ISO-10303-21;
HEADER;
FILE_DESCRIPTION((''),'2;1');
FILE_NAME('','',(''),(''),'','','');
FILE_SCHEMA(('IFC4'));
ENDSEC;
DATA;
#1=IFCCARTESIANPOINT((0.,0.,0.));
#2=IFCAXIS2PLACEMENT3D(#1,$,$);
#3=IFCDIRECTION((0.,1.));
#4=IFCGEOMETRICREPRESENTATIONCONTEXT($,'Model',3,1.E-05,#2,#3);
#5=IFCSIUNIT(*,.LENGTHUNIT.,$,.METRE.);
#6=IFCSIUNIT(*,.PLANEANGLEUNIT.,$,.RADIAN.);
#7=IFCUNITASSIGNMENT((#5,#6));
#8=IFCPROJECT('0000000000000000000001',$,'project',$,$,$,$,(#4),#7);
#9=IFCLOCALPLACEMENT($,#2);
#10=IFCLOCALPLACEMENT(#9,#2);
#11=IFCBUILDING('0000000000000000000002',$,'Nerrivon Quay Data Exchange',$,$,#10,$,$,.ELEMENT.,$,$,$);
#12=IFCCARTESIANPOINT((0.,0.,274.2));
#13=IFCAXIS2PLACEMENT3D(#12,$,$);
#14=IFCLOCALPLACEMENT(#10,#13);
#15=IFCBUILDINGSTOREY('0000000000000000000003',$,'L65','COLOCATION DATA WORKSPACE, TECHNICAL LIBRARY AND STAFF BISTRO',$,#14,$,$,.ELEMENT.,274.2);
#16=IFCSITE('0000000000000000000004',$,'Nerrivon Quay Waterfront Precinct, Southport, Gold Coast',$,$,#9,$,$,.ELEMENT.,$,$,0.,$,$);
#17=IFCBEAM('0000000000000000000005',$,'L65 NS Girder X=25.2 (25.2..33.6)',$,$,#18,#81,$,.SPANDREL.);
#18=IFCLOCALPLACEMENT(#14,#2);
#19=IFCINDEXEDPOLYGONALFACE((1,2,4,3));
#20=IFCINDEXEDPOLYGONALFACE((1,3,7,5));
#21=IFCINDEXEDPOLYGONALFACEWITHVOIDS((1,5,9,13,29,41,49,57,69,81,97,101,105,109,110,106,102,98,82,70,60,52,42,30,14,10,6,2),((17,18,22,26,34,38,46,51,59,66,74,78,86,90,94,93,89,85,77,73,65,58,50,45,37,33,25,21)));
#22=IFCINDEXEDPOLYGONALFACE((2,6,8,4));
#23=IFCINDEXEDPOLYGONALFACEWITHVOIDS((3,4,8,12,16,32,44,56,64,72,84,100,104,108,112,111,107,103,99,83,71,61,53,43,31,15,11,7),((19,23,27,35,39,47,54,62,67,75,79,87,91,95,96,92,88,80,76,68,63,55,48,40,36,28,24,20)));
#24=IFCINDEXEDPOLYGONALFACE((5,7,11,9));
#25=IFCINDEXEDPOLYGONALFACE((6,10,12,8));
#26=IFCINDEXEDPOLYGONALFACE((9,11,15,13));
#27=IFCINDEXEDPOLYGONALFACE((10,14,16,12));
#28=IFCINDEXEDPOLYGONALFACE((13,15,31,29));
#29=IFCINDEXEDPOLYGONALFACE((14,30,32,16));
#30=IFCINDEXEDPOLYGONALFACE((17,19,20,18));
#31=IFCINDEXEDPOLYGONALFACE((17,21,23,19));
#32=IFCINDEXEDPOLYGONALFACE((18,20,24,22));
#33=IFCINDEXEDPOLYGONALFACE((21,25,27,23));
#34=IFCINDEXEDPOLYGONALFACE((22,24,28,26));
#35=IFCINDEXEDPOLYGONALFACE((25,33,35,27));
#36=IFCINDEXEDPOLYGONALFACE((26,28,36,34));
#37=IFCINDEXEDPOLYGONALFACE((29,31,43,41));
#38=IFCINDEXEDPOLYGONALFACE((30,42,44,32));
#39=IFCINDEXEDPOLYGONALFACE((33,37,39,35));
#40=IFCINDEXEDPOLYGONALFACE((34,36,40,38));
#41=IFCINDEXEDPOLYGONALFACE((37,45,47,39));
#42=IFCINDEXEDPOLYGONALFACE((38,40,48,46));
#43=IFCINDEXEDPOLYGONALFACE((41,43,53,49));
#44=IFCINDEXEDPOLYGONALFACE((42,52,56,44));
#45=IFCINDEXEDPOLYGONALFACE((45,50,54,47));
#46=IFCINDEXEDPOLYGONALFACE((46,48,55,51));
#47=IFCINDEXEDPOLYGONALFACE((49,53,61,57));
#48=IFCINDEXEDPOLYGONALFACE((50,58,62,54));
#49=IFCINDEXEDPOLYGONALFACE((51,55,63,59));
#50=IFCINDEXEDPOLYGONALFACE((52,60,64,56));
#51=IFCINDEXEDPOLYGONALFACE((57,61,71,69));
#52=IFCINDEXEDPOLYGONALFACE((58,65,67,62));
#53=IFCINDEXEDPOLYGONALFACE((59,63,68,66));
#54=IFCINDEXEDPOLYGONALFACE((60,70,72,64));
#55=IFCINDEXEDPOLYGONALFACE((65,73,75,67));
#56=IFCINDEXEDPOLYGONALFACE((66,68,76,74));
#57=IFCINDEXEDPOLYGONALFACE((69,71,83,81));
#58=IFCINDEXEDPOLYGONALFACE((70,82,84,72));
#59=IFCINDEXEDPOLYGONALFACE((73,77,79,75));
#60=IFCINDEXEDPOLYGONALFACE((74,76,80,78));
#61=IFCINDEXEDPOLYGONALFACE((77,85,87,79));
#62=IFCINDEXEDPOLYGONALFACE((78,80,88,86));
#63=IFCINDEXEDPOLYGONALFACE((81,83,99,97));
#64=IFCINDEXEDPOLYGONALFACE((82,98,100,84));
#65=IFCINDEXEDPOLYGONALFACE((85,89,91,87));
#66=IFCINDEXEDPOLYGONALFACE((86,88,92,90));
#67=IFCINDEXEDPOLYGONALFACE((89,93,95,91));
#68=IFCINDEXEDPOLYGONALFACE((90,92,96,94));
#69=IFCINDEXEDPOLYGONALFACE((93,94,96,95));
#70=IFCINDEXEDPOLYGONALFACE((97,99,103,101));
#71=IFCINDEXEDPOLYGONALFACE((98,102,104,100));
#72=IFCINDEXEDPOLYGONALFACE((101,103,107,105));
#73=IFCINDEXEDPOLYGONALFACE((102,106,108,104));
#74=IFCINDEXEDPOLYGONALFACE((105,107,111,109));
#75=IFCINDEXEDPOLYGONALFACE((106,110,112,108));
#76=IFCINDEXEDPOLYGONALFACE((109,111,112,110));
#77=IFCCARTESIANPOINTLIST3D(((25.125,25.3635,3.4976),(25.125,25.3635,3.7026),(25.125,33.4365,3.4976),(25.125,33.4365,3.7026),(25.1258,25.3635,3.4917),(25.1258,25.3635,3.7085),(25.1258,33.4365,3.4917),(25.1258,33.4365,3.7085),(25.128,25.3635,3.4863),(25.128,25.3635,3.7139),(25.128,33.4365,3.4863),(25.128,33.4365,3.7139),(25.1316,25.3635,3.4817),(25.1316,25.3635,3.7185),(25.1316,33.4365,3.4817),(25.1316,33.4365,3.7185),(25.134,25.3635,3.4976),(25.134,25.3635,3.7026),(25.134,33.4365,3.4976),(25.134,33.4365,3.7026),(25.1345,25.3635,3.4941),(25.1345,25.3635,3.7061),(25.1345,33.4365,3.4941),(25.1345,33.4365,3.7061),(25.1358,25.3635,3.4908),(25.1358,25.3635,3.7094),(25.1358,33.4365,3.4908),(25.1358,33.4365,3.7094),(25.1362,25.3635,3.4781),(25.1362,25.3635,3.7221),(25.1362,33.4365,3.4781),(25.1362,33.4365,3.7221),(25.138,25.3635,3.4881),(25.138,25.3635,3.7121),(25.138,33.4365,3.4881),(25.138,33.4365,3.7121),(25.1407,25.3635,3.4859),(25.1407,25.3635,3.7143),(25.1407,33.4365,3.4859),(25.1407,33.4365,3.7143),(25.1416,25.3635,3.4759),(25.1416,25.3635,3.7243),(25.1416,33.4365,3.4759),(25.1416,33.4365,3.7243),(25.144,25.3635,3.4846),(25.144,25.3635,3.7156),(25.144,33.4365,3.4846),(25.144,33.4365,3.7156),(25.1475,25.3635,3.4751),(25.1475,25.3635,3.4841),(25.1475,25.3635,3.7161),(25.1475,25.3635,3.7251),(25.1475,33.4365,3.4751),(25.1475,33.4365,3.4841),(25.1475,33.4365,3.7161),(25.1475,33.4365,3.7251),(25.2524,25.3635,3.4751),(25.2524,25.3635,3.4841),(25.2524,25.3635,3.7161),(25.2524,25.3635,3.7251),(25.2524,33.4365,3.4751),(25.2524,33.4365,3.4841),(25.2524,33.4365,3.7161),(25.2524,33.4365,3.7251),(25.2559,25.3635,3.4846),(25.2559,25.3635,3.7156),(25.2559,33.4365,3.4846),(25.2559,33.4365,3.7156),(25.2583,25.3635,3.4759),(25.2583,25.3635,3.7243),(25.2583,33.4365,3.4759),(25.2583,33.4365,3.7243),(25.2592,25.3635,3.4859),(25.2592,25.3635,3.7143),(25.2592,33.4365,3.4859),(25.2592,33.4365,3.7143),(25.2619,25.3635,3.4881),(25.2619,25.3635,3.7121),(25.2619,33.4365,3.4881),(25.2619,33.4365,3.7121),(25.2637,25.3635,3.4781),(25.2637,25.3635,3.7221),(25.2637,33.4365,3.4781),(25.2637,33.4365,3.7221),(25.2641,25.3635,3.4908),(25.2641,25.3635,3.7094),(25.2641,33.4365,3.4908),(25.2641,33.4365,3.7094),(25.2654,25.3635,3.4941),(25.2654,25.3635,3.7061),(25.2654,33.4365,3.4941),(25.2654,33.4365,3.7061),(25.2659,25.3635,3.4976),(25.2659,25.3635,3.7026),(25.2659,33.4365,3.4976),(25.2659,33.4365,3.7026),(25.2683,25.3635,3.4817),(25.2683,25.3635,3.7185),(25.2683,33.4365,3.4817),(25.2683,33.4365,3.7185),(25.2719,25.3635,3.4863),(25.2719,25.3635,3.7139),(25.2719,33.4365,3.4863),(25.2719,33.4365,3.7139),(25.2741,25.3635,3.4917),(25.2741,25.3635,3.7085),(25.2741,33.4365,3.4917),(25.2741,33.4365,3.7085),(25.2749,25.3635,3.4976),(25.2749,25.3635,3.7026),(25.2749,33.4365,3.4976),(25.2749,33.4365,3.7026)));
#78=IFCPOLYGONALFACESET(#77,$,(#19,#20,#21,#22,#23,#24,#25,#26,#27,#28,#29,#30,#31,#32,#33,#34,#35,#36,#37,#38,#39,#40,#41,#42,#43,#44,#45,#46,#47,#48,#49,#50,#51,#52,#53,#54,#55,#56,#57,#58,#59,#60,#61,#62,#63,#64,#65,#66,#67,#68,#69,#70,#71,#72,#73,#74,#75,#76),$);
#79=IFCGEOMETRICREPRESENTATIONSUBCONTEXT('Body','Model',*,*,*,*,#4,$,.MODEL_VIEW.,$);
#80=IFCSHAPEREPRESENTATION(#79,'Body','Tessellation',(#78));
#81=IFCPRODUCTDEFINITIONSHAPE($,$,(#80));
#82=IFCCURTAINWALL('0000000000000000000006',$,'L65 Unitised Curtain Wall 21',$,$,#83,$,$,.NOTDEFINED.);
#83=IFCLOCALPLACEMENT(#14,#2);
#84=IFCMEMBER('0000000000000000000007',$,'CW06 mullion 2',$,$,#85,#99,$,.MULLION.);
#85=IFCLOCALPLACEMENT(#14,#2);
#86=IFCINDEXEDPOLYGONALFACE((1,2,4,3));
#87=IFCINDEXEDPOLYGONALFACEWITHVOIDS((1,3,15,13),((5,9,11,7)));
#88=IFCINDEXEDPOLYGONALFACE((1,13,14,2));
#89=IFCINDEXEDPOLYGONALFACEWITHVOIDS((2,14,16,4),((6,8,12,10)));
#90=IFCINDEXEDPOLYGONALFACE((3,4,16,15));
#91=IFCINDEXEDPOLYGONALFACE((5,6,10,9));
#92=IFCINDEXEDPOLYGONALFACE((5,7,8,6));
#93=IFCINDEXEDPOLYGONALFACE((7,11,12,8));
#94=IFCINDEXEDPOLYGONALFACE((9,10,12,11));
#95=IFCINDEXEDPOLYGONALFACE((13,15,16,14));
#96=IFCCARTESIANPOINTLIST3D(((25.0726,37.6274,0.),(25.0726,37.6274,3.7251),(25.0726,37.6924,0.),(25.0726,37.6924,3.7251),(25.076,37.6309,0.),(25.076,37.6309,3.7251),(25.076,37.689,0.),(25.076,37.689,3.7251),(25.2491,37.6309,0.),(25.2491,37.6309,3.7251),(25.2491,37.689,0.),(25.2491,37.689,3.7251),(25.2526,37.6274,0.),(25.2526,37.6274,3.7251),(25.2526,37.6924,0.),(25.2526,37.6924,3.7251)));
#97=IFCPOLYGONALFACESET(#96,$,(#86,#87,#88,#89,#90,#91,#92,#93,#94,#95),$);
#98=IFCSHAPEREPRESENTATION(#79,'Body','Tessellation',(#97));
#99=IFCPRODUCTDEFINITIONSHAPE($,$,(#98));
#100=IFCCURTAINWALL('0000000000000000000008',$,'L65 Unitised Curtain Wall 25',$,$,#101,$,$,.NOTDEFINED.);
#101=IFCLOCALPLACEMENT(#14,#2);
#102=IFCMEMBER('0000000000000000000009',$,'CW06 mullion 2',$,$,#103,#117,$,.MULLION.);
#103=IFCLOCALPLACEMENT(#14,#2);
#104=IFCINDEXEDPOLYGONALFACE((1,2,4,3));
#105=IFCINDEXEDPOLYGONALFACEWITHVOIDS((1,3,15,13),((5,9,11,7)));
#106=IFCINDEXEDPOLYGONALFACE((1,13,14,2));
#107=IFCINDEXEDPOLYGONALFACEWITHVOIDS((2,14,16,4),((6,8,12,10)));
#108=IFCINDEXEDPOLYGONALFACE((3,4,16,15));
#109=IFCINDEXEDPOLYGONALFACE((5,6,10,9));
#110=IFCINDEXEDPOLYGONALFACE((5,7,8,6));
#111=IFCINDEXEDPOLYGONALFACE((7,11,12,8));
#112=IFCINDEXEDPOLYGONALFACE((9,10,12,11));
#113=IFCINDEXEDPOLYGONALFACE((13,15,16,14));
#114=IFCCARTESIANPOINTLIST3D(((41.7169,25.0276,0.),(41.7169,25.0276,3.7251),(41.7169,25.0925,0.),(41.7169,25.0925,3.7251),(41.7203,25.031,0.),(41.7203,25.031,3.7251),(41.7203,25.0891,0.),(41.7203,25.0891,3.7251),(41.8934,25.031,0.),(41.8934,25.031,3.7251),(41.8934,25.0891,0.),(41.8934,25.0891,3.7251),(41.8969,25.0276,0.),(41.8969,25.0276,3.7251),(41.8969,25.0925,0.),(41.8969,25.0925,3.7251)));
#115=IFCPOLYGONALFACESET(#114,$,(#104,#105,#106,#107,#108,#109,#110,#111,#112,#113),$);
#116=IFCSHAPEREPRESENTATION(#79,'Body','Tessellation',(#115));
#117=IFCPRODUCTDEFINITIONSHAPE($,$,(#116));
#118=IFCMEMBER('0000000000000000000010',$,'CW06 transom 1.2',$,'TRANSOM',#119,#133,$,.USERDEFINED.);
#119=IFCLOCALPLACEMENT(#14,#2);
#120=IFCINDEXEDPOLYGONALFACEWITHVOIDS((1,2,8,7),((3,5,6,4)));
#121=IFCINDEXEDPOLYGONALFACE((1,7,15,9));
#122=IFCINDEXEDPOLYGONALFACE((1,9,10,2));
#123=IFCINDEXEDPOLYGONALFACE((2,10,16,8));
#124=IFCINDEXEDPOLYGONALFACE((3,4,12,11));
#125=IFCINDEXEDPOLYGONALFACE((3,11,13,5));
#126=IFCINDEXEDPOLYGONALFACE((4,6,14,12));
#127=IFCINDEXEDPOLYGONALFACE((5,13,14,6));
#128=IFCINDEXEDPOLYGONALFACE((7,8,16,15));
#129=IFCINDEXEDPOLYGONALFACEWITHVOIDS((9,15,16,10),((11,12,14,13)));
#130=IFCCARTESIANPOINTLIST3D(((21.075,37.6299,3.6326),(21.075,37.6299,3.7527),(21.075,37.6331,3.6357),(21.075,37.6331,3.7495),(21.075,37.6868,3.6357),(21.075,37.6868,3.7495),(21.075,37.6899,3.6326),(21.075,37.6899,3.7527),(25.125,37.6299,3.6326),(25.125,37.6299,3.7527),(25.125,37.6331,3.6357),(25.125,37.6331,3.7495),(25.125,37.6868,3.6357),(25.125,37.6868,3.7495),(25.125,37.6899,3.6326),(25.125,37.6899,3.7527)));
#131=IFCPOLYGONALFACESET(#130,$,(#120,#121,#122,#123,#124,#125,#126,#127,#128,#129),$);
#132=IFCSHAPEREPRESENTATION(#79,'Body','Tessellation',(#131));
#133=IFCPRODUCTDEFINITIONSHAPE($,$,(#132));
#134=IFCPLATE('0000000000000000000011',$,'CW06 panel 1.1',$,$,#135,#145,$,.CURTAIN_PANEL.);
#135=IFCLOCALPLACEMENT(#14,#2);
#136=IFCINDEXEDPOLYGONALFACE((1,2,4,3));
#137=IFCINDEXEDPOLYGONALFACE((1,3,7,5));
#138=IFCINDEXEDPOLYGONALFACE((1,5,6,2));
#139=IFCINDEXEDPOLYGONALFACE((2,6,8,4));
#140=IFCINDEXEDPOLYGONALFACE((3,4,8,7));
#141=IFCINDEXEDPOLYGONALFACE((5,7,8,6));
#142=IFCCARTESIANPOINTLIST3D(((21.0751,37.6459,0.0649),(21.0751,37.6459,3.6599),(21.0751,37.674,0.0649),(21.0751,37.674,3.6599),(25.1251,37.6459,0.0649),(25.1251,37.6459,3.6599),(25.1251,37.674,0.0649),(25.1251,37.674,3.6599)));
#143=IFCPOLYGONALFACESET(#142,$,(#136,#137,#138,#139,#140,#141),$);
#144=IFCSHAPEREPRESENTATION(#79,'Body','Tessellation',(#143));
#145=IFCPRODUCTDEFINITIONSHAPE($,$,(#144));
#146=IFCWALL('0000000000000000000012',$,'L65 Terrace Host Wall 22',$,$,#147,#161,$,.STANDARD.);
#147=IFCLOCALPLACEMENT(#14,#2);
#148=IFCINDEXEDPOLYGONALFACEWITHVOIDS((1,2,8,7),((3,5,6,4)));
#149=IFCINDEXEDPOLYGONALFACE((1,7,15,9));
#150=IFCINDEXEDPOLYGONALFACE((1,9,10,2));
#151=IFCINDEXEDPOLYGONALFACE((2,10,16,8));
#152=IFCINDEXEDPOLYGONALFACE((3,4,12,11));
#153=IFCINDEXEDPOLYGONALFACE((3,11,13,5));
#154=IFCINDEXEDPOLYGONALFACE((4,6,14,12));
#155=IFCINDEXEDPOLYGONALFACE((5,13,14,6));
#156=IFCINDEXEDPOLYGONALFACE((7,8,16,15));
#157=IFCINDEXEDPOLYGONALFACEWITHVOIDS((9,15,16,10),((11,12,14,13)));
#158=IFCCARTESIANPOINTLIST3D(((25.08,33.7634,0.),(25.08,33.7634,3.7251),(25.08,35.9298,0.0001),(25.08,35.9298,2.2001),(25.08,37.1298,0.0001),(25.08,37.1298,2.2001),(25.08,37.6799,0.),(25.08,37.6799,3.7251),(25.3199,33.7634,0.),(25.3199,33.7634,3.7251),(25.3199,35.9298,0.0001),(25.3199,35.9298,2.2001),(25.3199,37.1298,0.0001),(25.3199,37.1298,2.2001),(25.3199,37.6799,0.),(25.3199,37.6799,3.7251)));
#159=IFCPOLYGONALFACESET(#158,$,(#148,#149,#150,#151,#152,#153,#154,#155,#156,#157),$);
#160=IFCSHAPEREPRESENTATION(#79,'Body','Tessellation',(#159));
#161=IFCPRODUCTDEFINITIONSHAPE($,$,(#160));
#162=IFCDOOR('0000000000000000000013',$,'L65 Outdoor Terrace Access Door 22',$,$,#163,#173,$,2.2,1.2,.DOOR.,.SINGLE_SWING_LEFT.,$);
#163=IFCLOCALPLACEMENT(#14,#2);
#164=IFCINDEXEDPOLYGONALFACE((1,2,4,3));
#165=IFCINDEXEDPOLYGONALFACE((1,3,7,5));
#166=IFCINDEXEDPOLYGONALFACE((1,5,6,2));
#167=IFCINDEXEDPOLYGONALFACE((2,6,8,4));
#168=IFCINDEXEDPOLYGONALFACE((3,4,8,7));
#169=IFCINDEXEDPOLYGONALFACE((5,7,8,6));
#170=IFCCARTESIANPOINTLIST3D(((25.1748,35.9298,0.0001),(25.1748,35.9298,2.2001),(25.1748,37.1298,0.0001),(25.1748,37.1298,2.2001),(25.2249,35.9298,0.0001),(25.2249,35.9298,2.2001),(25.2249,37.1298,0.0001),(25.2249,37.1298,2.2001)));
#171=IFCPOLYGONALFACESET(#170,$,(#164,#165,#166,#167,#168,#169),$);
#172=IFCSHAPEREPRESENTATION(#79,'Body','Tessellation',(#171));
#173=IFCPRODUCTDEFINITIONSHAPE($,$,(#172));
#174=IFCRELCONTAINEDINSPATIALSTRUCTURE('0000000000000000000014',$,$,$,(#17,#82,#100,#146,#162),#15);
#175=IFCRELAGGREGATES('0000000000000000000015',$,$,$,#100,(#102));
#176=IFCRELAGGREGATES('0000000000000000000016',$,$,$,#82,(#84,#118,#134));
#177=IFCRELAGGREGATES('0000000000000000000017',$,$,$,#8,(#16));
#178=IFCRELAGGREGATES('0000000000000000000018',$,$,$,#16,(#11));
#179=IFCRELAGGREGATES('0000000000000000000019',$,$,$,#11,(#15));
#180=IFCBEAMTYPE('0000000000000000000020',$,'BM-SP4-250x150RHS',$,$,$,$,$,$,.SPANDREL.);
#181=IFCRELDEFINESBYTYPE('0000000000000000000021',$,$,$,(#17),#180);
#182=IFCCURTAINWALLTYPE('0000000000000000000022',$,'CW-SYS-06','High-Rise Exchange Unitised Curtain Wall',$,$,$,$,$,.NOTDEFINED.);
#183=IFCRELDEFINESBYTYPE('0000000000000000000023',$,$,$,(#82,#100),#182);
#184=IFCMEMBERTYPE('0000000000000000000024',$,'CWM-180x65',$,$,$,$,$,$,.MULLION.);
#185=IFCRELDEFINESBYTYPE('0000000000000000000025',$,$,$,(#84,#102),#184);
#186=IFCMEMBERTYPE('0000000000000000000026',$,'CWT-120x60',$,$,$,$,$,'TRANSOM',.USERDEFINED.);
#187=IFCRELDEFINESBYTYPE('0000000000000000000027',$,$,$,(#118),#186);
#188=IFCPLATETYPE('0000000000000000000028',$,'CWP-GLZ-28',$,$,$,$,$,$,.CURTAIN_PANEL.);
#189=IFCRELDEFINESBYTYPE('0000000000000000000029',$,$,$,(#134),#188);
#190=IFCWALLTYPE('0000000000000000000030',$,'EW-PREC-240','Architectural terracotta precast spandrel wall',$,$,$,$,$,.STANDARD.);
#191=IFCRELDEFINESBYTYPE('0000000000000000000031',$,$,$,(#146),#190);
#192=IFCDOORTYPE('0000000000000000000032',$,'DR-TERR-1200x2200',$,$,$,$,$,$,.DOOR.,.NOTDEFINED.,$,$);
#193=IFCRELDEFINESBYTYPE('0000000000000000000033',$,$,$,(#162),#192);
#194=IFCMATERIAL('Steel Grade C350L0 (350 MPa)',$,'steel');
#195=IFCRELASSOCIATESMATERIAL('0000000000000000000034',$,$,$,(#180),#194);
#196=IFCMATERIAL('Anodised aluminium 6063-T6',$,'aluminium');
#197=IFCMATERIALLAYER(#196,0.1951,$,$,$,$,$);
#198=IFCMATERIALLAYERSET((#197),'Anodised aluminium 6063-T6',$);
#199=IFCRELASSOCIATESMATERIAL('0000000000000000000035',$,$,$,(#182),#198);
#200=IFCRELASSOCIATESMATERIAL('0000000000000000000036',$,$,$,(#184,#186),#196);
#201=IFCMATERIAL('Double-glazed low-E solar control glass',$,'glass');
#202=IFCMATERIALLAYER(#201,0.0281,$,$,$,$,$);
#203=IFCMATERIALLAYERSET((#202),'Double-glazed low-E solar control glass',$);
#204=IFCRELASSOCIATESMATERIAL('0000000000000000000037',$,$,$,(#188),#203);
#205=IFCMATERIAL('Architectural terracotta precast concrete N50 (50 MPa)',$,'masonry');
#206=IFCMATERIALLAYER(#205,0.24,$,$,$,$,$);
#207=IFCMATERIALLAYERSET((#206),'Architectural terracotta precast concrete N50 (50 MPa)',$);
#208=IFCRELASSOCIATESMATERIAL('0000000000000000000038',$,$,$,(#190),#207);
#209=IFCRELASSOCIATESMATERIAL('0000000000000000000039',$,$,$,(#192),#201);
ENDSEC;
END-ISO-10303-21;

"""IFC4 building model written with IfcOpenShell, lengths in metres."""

from ifc_helpers import new_model, si_unit, direction, frame, frame_2d, origin, origin_2d, place, context, subcontext, project, spatial, rectangle, hollow_rectangle, extrude, material, layer, layer_set, material_profile, profile_set, type_object, element, fill, aggregate, save


model = new_model("IFC4")

# Units and contexts
model_context = context("Model", 3, precision=1e-05, world=origin(), true_north=direction((0.0, 1.0)))
body_context = subcontext(model_context, "Body", "Model", "MODEL_VIEW")
ifc_project = project(units=[si_unit("LENGTHUNIT", "METRE"), si_unit("PLANEANGLEUNIT", "RADIAN")], contexts=[model_context])

# Site, building, storey
site_placement = place(None, origin())
site = spatial("IfcSite", under=ifc_project, at=site_placement, Name="Nerrivon Quay Waterfront Precinct, Southport, Gold Coast", CompositionType="ELEMENT", RefElevation=0.0)
building_placement = place(site_placement, origin())
building = spatial("IfcBuilding", under=site, at=building_placement, Name="Nerrivon Quay Data Exchange", CompositionType="ELEMENT")
storey_placement = place(building_placement, frame((0.0, 0.0, 274.2)))
storey = spatial("IfcBuildingStorey", under=building, at=storey_placement, Name="L65", Description="COLOCATION DATA WORKSPACE, TECHNICAL LIBRARY AND STAFF BISTRO", CompositionType="ELEMENT", Elevation=274.2)

# Beam
ifc_material_1 = material(Name="Steel Grade C350L0 (350 MPa)", Category="steel")
ifc_material_profile_1 = material_profile(ifc_material_1, hollow_rectangle(XDim=0.1499, YDim=0.25, WallThickness=0.009, InnerFilletRadius=0.0134, OuterFilletRadius=0.0225, at=origin_2d()), Name="250x150x9.0RHS")
ifc_profile_set_1 = profile_set([ifc_material_profile_1], Name="Steel Grade C350L0 (350 MPa)")
beam_type = type_object("IfcBeamType", Name="BM-SP4-250x150RHS", PredefinedType="SPANDREL", material=ifc_profile_set_1)
beam_placement = place(storey_placement, frame((25.2, 25.3635, 3.6001), z_axis=(0.0, 1.0, 0.0), x_axis=(-1.0, 0.0, 0.0)))
element("IfcBeam", 1, at=beam_placement, inside=storey, type_object=beam_type, Name="L65 NS Girder X=25.2 (25.2..33.6)", PredefinedType="SPANDREL", context=body_context, shape_type="SweptSolid", body=[
    extrude(hollow_rectangle(XDim=0.1499, YDim=0.25, WallThickness=0.009, InnerFilletRadius=0.0134, OuterFilletRadius=0.0225, at=origin_2d()), origin(), (0.0, 0.0, 1.0), 8.073),
])

# Curtain walls, members
ifc_material_2 = material(Name="Anodised aluminium 6063-T6", Category="aluminium")
ifc_layer_1 = layer(ifc_material_2, 0.1951)
ifc_layer_set_1 = layer_set([ifc_layer_1], Name="Anodised aluminium 6063-T6")
curtain_wall_type = type_object("IfcCurtainWallType", Name="CW-SYS-06", Description="High-Rise Exchange Unitised Curtain Wall", PredefinedType="NOTDEFINED", material=ifc_layer_set_1)
curtain_wall_1_placement = place(storey_placement, origin())
curtain_wall_1 = element("IfcCurtainWall", 2, at=curtain_wall_1_placement, inside=storey, type_object=curtain_wall_type, Name="L65 Unitised Curtain Wall 21", PredefinedType="NOTDEFINED")
ifc_material_profile_2 = material_profile(ifc_material_2, hollow_rectangle(XDim=0.0649, YDim=0.1799, WallThickness=0.0034, at=origin_2d()), Name="ALU-MULL-180x65")
ifc_profile_set_2 = profile_set([ifc_material_profile_2], Name="Anodised aluminium 6063-T6")
member_type_1 = type_object("IfcMemberType", Name="CWM-180x65", PredefinedType="MULLION", material=ifc_profile_set_2)
member_1_placement = place(storey_placement, frame((25.1626, 37.6599, 0.0), z_axis=(0.0, 0.0, 1.0), x_axis=(0.0, 1.0, 0.0)))
member_1 = element("IfcMember", 3, at=member_1_placement, type_object=member_type_1, Name="CW06 mullion 2", PredefinedType="MULLION", context=body_context, shape_type="SweptSolid", body=[
    extrude(hollow_rectangle(XDim=0.0649, YDim=0.1799, WallThickness=0.0034, at=origin_2d()), origin(), (0.0, 0.0, 1.0), 3.7251),
])
curtain_wall_2_placement = place(storey_placement, origin())
curtain_wall_2 = element("IfcCurtainWall", 4, at=curtain_wall_2_placement, inside=storey, type_object=curtain_wall_type, Name="L65 Unitised Curtain Wall 25", PredefinedType="NOTDEFINED")
member_2_placement = place(storey_placement, frame((41.8069, 25.0601, 0.0), z_axis=(0.0, 0.0, 1.0), x_axis=(0.0, 1.0, 0.0)))
member_2 = element("IfcMember", 5, at=member_2_placement, type_object=member_type_1, Name="CW06 mullion 2", PredefinedType="MULLION", context=body_context, shape_type="SweptSolid", body=[
    extrude(hollow_rectangle(XDim=0.0649, YDim=0.1799, WallThickness=0.0034, at=origin_2d()), origin(), (0.0, 0.0, 1.0), 3.7251),
])
aggregate(curtain_wall_2, [member_2])

# Member
ifc_material_profile_3 = material_profile(ifc_material_2, hollow_rectangle(XDim=0.0601, YDim=0.1201, WallThickness=0.0032, at=origin_2d()), Name="ALU-TRAN-120x60")
ifc_profile_set_3 = profile_set([ifc_material_profile_3], Name="Anodised aluminium 6063-T6")
member_type_2 = type_object("IfcMemberType", Name="CWT-120x60", ElementType="TRANSOM", PredefinedType="USERDEFINED", material=ifc_profile_set_3)
member_3_placement = place(storey_placement, frame((21.075, 37.6599, 3.6926), z_axis=(1.0, 0.0, 0.0), x_axis=(0.0, 1.0, 0.0)))
member_3 = element("IfcMember", 6, at=member_3_placement, type_object=member_type_2, Name="CW06 transom 1.2", ObjectType="TRANSOM", PredefinedType="USERDEFINED", context=body_context, shape_type="SweptSolid", body=[
    extrude(hollow_rectangle(XDim=0.0601, YDim=0.1201, WallThickness=0.0032, at=origin_2d()), origin(), (0.0, 0.0, 1.0), 4.05),
])

# Plate
ifc_material_3 = material(Name="Double-glazed low-E solar control glass", Category="glass")
ifc_layer_2 = layer(ifc_material_3, 0.0281)
ifc_layer_set_2 = layer_set([ifc_layer_2], Name="Double-glazed low-E solar control glass")
plate_type = type_object("IfcPlateType", Name="CWP-GLZ-28", PredefinedType="CURTAIN_PANEL", material=ifc_layer_set_2)
plate_placement = place(storey_placement, frame((23.1001, 37.6599, 0.0649), z_axis=(0.0, 0.0, 1.0), x_axis=(1.0, 0.0, 0.0)))
plate = element("IfcPlate", 7, at=plate_placement, type_object=plate_type, Name="CW06 panel 1.1", PredefinedType="CURTAIN_PANEL", context=body_context, shape_type="SweptSolid", body=[
    extrude(rectangle(XDim=4.05, YDim=0.0281, at=origin_2d()), origin(), (0.0, 0.0, 1.0), 3.595),
])
aggregate(curtain_wall_1, [member_1, member_3, plate])

# Wall, opening, door
ifc_material_4 = material(Name="Architectural terracotta precast concrete N50 (50 MPa)", Category="masonry")
ifc_layer_3 = layer(ifc_material_4, 0.24)
ifc_layer_set_3 = layer_set([ifc_layer_3], Name="Architectural terracotta precast concrete N50 (50 MPa)")
wall_type = type_object("IfcWallType", Name="EW-PREC-240", Description="Architectural terracotta precast spandrel wall", PredefinedType="STANDARD", material=ifc_layer_set_3)
wall_1_placement = place(storey_placement, frame((25.2, 37.6799, 0.0), z_axis=(0.0, 0.0, 1.0), x_axis=(0.0, -1.0, 0.0)))
wall_1 = element("IfcWall", 8, at=wall_1_placement, inside=storey, type_object=wall_type, Name="L65 Terrace Host Wall 22", PredefinedType="STANDARD", context=body_context, shape_type="SweptSolid", body=[
    extrude(rectangle(XDim=3.9165, YDim=0.24, at=frame_2d((1.9583, 0.0))), origin(), (0.0, 0.0, 1.0), 3.7251),
])
opening_1_placement = place(wall_1_placement, frame((0.55, 0.0, 0.0)))
opening_1 = element("IfcOpeningElement", 9, at=opening_1_placement, cuts=wall_1, PredefinedType="OPENING", context=body_context, shape_type="SweptSolid", body=[
    extrude(rectangle(XDim=1.2, YDim=2.2, at=frame_2d((0.6001, 1.1001))), frame((0.0, 0.1299, 0.0), z_axis=(0.0, -1.0, 0.0), x_axis=(1.0, 0.0, 0.0)), (0.0, 0.0, 1.0), 0.26),
])
door_type = type_object("IfcDoorType", Name="DR-TERR-1200x2200", OperationType="NOTDEFINED", PredefinedType="DOOR", material=ifc_material_3)
door_1_placement = place(opening_1_placement, origin())
door_1 = element("IfcDoor", 10, at=door_1_placement, inside=storey, type_object=door_type, Name="L65 Outdoor Terrace Access Door 22", OperationType="SINGLE_SWING_LEFT", OverallHeight=2.2, OverallWidth=1.2, PredefinedType="DOOR", context=body_context, shape_type="SweptSolid", body=[
    extrude(rectangle(XDim=1.2, YDim=2.2, at=frame_2d((0.6001, 1.1001))), frame((0.0, 0.0249, 0.0), z_axis=(0.0, -1.0, 0.0), x_axis=(1.0, 0.0, 0.0)), (0.0, 0.0, 1.0), 0.05),
])
fill(opening_1, door_1)

save(model, "model.ifc")
